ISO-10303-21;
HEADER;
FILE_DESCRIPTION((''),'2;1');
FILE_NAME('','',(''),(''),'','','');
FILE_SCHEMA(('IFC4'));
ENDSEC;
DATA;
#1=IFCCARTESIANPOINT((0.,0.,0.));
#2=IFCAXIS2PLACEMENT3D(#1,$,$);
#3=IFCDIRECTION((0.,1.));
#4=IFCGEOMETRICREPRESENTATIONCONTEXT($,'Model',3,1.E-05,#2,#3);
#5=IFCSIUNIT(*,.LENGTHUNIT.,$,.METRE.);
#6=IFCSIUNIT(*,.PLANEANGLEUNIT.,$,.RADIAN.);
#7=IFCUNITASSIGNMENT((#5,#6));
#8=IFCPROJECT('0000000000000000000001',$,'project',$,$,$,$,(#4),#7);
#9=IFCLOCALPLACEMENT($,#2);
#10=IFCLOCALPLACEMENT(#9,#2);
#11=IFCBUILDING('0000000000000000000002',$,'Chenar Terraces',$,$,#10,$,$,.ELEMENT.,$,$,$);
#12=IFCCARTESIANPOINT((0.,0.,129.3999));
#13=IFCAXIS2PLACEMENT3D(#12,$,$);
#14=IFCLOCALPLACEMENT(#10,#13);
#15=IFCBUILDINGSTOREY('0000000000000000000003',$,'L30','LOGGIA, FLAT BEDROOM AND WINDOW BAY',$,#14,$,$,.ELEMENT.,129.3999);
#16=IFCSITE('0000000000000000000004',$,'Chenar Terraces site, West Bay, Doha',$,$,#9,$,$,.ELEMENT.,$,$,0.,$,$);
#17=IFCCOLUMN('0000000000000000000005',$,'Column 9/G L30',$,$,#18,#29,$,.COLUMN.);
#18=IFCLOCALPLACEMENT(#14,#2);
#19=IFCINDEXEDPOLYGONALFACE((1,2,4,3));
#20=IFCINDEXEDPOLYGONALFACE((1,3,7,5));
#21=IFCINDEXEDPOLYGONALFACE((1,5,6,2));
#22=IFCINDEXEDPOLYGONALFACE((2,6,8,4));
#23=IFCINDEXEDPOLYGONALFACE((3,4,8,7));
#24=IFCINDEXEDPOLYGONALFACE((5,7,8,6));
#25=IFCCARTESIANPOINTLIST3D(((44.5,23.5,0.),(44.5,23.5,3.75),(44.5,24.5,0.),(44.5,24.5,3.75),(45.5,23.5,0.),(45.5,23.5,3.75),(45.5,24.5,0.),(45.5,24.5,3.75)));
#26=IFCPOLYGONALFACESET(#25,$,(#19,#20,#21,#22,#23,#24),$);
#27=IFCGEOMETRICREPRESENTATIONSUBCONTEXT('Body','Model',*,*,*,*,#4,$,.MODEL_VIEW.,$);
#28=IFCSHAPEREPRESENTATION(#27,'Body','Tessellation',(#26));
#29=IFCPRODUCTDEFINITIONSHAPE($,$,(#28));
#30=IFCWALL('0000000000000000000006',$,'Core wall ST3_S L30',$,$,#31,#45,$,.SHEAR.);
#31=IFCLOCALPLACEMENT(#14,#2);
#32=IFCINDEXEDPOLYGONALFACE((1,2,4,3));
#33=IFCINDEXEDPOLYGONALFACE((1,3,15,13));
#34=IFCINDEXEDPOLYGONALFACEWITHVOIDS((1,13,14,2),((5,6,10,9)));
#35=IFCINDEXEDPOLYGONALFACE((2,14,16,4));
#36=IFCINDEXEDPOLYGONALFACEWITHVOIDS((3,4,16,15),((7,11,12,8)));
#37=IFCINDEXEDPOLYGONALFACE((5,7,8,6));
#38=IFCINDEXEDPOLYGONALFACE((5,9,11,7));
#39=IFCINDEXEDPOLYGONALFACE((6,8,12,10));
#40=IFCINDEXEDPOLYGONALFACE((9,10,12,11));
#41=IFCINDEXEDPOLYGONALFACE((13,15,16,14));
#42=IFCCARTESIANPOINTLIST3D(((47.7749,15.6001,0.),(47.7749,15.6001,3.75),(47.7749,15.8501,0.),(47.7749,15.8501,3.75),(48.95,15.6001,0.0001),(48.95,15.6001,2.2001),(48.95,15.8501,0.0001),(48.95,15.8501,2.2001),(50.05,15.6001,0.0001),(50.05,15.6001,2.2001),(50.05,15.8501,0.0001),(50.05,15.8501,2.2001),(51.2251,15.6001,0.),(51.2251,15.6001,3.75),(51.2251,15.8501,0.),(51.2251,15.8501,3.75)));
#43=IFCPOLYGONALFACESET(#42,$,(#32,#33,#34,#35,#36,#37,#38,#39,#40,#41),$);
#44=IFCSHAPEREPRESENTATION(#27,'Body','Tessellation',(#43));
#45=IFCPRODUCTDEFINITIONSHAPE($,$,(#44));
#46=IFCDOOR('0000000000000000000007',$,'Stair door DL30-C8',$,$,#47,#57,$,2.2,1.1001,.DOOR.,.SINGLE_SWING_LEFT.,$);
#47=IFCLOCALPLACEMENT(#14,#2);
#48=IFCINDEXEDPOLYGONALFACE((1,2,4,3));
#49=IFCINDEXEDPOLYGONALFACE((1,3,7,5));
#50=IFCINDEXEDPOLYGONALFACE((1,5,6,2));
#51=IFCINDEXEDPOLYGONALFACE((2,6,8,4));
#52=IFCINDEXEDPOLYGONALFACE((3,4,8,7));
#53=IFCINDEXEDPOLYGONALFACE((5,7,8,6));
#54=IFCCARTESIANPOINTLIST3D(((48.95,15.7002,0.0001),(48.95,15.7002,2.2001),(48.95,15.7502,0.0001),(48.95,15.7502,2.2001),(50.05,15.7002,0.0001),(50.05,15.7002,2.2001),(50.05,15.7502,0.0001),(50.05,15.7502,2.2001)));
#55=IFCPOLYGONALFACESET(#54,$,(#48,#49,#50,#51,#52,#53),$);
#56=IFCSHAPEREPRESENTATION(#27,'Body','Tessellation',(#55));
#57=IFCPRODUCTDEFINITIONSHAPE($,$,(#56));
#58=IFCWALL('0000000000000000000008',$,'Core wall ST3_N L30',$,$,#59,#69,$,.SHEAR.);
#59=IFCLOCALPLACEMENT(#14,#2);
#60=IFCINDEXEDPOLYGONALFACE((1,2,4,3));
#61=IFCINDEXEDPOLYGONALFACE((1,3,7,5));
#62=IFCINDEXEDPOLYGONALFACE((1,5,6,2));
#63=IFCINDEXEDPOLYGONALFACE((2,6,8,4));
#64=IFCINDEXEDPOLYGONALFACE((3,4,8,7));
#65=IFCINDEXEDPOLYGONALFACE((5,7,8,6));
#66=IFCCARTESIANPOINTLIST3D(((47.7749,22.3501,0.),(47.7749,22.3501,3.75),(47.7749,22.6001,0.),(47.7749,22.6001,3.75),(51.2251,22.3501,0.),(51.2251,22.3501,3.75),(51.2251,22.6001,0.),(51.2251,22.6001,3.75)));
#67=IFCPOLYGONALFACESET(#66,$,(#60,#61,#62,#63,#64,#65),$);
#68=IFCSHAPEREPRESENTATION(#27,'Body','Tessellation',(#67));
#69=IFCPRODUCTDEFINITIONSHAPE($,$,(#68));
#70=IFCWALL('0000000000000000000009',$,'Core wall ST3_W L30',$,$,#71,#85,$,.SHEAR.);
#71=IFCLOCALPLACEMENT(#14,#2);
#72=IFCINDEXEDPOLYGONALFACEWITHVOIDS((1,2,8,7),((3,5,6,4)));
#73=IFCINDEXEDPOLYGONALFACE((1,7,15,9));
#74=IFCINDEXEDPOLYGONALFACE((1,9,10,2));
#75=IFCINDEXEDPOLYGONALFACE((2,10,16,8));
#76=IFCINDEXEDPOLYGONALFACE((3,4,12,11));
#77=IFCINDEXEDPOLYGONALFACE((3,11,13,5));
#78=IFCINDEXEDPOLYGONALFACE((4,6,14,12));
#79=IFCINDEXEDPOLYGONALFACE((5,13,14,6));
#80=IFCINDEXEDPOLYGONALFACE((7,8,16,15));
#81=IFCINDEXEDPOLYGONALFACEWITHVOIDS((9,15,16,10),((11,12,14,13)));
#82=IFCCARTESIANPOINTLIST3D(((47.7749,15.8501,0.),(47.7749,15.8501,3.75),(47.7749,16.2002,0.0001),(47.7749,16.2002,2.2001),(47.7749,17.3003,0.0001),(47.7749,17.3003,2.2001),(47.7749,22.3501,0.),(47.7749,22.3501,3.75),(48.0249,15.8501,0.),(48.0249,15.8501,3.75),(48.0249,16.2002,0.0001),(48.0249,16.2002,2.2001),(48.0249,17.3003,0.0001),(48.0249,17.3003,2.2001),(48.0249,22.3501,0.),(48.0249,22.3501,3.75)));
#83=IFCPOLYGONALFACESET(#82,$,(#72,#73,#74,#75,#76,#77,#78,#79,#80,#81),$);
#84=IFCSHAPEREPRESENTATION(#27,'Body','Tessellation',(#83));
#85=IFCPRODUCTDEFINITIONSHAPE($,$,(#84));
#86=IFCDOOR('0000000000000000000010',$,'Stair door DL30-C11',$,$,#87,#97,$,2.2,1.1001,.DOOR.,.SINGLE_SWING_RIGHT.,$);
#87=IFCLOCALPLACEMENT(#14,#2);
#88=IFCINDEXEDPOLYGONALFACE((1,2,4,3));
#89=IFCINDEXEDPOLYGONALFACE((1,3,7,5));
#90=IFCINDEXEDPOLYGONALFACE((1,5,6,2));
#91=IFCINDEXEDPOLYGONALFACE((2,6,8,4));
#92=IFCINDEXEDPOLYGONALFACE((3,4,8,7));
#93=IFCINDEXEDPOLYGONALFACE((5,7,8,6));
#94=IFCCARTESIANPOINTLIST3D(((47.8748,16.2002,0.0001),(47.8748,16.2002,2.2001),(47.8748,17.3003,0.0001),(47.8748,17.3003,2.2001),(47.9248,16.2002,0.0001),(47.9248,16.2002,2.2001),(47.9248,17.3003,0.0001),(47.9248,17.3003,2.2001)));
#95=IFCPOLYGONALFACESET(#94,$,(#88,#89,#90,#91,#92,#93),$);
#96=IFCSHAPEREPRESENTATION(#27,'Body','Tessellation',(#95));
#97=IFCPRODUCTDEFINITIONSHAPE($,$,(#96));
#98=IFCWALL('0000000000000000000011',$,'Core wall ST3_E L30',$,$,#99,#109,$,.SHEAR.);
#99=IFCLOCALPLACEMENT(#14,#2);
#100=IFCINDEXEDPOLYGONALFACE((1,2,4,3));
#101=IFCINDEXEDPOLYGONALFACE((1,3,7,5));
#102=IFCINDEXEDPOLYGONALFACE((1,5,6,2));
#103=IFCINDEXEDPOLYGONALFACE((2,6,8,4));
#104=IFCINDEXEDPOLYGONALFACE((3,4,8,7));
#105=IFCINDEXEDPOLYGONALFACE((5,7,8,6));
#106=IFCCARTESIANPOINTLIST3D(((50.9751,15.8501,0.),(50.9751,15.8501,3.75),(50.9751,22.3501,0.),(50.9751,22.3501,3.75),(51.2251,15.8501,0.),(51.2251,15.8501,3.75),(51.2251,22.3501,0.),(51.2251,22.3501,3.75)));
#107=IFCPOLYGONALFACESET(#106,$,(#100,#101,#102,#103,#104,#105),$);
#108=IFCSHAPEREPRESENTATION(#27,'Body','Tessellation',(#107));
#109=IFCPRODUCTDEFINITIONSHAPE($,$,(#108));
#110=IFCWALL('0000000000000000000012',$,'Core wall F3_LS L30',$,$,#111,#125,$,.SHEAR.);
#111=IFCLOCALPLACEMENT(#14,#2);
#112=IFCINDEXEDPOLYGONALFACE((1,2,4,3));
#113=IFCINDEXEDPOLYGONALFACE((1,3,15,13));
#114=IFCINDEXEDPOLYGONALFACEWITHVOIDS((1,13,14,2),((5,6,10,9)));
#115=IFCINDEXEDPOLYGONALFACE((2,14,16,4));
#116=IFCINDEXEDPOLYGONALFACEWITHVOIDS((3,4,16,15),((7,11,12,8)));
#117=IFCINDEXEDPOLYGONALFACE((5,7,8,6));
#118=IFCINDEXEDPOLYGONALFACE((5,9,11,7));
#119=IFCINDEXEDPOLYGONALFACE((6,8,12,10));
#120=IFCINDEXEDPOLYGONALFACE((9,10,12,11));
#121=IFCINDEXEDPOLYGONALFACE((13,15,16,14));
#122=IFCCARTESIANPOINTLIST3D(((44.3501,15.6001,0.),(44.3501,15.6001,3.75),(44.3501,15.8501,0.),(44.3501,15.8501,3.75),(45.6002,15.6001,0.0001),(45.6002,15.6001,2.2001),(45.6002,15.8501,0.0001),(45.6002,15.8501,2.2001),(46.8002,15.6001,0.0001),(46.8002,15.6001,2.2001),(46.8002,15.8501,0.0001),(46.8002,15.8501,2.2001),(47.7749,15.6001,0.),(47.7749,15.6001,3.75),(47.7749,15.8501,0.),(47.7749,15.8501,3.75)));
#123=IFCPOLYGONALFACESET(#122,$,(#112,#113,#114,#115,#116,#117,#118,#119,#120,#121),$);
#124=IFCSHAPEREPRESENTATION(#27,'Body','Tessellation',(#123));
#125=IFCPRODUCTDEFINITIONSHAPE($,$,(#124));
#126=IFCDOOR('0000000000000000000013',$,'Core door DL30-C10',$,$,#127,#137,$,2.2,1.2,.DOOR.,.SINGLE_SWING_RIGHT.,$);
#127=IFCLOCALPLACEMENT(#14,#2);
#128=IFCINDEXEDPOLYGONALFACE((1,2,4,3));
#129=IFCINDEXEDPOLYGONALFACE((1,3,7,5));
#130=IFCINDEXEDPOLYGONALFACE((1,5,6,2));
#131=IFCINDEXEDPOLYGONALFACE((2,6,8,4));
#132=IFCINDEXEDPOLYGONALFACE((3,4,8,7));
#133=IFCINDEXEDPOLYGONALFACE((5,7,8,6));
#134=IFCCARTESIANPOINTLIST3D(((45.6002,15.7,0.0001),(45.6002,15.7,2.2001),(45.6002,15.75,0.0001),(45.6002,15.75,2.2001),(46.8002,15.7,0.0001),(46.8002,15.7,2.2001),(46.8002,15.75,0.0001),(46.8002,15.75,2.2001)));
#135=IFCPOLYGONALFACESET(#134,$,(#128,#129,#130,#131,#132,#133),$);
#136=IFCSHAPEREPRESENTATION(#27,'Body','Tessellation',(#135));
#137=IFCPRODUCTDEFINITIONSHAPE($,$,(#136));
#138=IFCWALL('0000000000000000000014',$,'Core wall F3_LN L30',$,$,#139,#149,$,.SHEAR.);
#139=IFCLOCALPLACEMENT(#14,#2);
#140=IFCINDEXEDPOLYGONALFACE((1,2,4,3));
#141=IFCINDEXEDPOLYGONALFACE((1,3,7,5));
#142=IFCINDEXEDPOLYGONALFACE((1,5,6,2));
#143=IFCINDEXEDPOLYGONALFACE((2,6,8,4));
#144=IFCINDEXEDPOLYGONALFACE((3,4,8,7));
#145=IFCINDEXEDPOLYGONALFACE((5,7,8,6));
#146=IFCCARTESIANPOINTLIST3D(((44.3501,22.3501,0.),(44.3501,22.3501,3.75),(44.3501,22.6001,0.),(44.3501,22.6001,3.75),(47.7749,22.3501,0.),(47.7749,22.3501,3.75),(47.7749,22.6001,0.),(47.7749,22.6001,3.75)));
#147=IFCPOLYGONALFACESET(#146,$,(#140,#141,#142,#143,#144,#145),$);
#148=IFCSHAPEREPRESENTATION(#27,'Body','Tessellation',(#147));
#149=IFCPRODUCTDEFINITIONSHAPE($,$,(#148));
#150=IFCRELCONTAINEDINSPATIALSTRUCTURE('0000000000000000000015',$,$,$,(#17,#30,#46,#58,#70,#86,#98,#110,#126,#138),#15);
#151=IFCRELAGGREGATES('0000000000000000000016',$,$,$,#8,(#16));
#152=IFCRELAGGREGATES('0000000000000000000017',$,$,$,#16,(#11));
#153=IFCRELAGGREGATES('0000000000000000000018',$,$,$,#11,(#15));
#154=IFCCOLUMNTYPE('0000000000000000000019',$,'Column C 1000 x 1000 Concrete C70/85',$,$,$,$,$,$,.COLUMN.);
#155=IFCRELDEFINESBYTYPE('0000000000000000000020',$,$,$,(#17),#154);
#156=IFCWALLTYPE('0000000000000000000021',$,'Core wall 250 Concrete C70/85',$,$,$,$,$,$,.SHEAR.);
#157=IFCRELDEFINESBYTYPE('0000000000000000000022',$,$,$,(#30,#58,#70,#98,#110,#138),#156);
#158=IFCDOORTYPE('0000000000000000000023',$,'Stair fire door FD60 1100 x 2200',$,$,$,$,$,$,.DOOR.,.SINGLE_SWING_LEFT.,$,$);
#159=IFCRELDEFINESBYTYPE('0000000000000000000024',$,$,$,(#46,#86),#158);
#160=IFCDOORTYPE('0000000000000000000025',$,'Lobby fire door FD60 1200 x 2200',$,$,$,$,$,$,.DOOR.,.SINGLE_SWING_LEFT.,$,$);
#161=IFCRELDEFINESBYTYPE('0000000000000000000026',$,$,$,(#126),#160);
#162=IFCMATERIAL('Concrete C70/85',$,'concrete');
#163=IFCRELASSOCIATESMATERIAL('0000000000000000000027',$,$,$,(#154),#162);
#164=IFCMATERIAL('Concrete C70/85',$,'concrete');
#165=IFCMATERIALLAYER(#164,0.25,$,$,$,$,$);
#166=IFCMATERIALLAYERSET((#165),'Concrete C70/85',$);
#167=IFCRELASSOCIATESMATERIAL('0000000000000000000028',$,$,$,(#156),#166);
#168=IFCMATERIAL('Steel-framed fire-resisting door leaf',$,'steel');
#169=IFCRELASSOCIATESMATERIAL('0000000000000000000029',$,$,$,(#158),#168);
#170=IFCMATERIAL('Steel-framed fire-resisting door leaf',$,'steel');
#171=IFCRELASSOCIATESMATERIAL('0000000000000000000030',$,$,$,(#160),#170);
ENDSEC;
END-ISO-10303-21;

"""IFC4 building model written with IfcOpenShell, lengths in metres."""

from ifc_helpers import new_model, si_unit, direction, frame, frame_2d, origin, origin_2d, place, context, subcontext, project, spatial, rectangle, extrude, material, layer, layer_set, material_profile, profile_set, type_object, element, fill, save


model = new_model("IFC4")

# Units and contexts
model_context = context("Model", 3, precision=1e-05, world=origin(), true_north=direction((0.0, 1.0)))
body_context = subcontext(model_context, "Body", "Model", "MODEL_VIEW")
ifc_project = project(units=[si_unit("LENGTHUNIT", "METRE"), si_unit("PLANEANGLEUNIT", "RADIAN")], contexts=[model_context])

# Site, building, storey
site_placement = place(None, origin())
site = spatial("IfcSite", under=ifc_project, at=site_placement, Name="Chenar Terraces site, West Bay, Doha", CompositionType="ELEMENT", RefElevation=0.0)
building_placement = place(site_placement, origin())
building = spatial("IfcBuilding", under=site, at=building_placement, Name="Chenar Terraces", CompositionType="ELEMENT")
storey_placement = place(building_placement, frame((0.0, 0.0, 129.3999)))
storey = spatial("IfcBuildingStorey", under=building, at=storey_placement, Name="L30", Description="LOGGIA, FLAT BEDROOM AND WINDOW BAY", CompositionType="ELEMENT", Elevation=129.3999)

# Column
ifc_material_1 = material(Name="Concrete C70/85", Category="concrete")
ifc_material_profile = material_profile(ifc_material_1, rectangle(XDim=1.0, YDim=1.0, at=origin_2d()), Name="C 1000 x 1000")
ifc_profile_set = profile_set([ifc_material_profile], Name="Concrete C70/85")
column_type = type_object("IfcColumnType", Name="Column C 1000 x 1000 Concrete C70/85", PredefinedType="COLUMN", material=ifc_profile_set)
column_placement = place(storey_placement, frame((45.0, 24.0, 0.0), z_axis=(0.0, 0.0, 1.0), x_axis=(1.0, 0.0, 0.0)))
element("IfcColumn", 1, at=column_placement, inside=storey, type_object=column_type, Name="Column 9/G L30", PredefinedType="COLUMN", context=body_context, shape_type="SweptSolid", body=[
    extrude(rectangle(XDim=1.0, YDim=1.0, at=origin_2d()), origin(), (0.0, 0.0, 1.0), 3.75),
])

# Wall, opening, door
ifc_material_2 = material(Name="Concrete C70/85", Category="concrete")
ifc_layer_1 = layer(ifc_material_2, 0.25)
ifc_layer_set_1 = layer_set([ifc_layer_1], Name="Concrete C70/85")
wall_type_1 = type_object("IfcWallType", Name="Core wall 250 Concrete C70/85", PredefinedType="SHEAR", material=ifc_layer_set_1)
wall_1_placement = place(storey_placement, frame((47.7749, 15.7251, 0.0), z_axis=(0.0, 0.0, 1.0), x_axis=(1.0, 0.0, 0.0)))
wall_1 = element("IfcWall", 2, at=wall_1_placement, inside=storey, type_object=wall_type_1, Name="Core wall ST3_S L30", PredefinedType="SHEAR", context=body_context, shape_type="SweptSolid", body=[
    extrude(rectangle(XDim=3.4502, YDim=0.25, at=frame_2d((1.7251, 0.0))), origin(), (0.0, 0.0, 1.0), 3.75),
])
opening_1_placement = place(wall_1_placement, frame((1.175, 0.0, 0.0)))
opening_1 = element("IfcOpeningElement", 3, at=opening_1_placement, cuts=wall_1, PredefinedType="OPENING", context=body_context, shape_type="SweptSolid", body=[
    extrude(rectangle(XDim=1.1001, YDim=2.2, at=frame_2d((0.55, 1.1001))), frame((0.0, 0.135, 0.0), z_axis=(0.0, -1.0, 0.0), x_axis=(1.0, 0.0, 0.0)), (0.0, 0.0, 1.0), 0.27),
])
ifc_material_3 = material(Name="Steel-framed fire-resisting door leaf", Category="steel")
door_type_1 = type_object("IfcDoorType", Name="Stair fire door FD60 1100 x 2200", OperationType="SINGLE_SWING_LEFT", PredefinedType="DOOR", material=ifc_material_3)
door_1_placement = place(opening_1_placement, frame((1.1001, 0.0, 0.0), z_axis=(0.0, 0.0, 1.0), x_axis=(-1.0, 0.0, 0.0)))
door_1 = element("IfcDoor", 4, at=door_1_placement, inside=storey, type_object=door_type_1, Name="Stair door DL30-C8", OperationType="SINGLE_SWING_LEFT", OverallHeight=2.2, OverallWidth=1.1001, PredefinedType="DOOR", context=body_context, shape_type="SweptSolid", body=[
    extrude(rectangle(XDim=1.1001, YDim=2.2, at=frame_2d((0.55, 1.1001))), frame((0.0, 0.0249, 0.0), z_axis=(0.0, -1.0, 0.0), x_axis=(1.0, 0.0, 0.0)), (0.0, 0.0, 1.0), 0.05),
])
fill(opening_1, door_1)

# Wall
wall_2_placement = place(storey_placement, frame((47.7749, 22.4751, 0.0), z_axis=(0.0, 0.0, 1.0), x_axis=(1.0, 0.0, 0.0)))
element("IfcWall", 5, at=wall_2_placement, inside=storey, type_object=wall_type_1, Name="Core wall ST3_N L30", PredefinedType="SHEAR", context=body_context, shape_type="SweptSolid", body=[
    extrude(rectangle(XDim=3.4502, YDim=0.25, at=frame_2d((1.7251, 0.0))), origin(), (0.0, 0.0, 1.0), 3.75),
])

# Wall, opening, door
wall_3_placement = place(storey_placement, frame((47.8999, 15.8501, 0.0), z_axis=(0.0, 0.0, 1.0), x_axis=(0.0, 1.0, 0.0)))
wall_3 = element("IfcWall", 6, at=wall_3_placement, inside=storey, type_object=wall_type_1, Name="Core wall ST3_W L30", PredefinedType="SHEAR", context=body_context, shape_type="SweptSolid", body=[
    extrude(rectangle(XDim=6.5, YDim=0.25, at=frame_2d((3.25, 0.0))), origin(), (0.0, 0.0, 1.0), 3.75),
])
opening_2_placement = place(wall_3_placement, frame((0.3501, 0.0, 0.0)))
opening_2 = element("IfcOpeningElement", 7, at=opening_2_placement, cuts=wall_3, PredefinedType="OPENING", context=body_context, shape_type="SweptSolid", body=[
    extrude(rectangle(XDim=1.1001, YDim=2.2, at=frame_2d((0.55, 1.1001))), frame((0.0, 0.135, 0.0), z_axis=(0.0, -1.0, 0.0), x_axis=(1.0, 0.0, 0.0)), (0.0, 0.0, 1.0), 0.27),
])
door_2_placement = place(opening_2_placement, frame((1.1001, 0.0, 0.0), z_axis=(0.0, 0.0, 1.0), x_axis=(-1.0, 0.0, 0.0)))
door_2 = element("IfcDoor", 8, at=door_2_placement, inside=storey, type_object=door_type_1, Name="Stair door DL30-C11", OperationType="SINGLE_SWING_RIGHT", OverallHeight=2.2, OverallWidth=1.1001, PredefinedType="DOOR", context=body_context, shape_type="SweptSolid", body=[
    extrude(rectangle(XDim=1.1001, YDim=2.2, at=frame_2d((0.55, 1.1001))), frame((0.0, 0.0249, 0.0), z_axis=(0.0, -1.0, 0.0), x_axis=(1.0, 0.0, 0.0)), (0.0, 0.0, 1.0), 0.05),
])
fill(opening_2, door_2)

# Wall
wall_4_placement = place(storey_placement, frame((51.1001, 15.8501, 0.0), z_axis=(0.0, 0.0, 1.0), x_axis=(0.0, 1.0, 0.0)))
element("IfcWall", 9, at=wall_4_placement, inside=storey, type_object=wall_type_1, Name="Core wall ST3_E L30", PredefinedType="SHEAR", context=body_context, shape_type="SweptSolid", body=[
    extrude(rectangle(XDim=6.5, YDim=0.25, at=frame_2d((3.25, 0.0))), origin(), (0.0, 0.0, 1.0), 3.75),
])

# Wall, opening, door
wall_5_placement = place(storey_placement, frame((44.3501, 15.7251, 0.0), z_axis=(0.0, 0.0, 1.0), x_axis=(1.0, 0.0, 0.0)))
wall_5 = element("IfcWall", 10, at=wall_5_placement, inside=storey, type_object=wall_type_1, Name="Core wall F3_LS L30", PredefinedType="SHEAR", context=body_context, shape_type="SweptSolid", body=[
    extrude(rectangle(XDim=3.4248, YDim=0.25, at=frame_2d((1.7124, 0.0))), origin(), (0.0, 0.0, 1.0), 3.75),
])
opening_3_placement = place(wall_5_placement, frame((1.25, 0.0, 0.0)))
opening_3 = element("IfcOpeningElement", 11, at=opening_3_placement, cuts=wall_5, PredefinedType="OPENING", context=body_context, shape_type="SweptSolid", body=[
    extrude(rectangle(XDim=1.2, YDim=2.2, at=frame_2d((0.6001, 1.1001))), frame((0.0, 0.135, 0.0), z_axis=(0.0, -1.0, 0.0), x_axis=(1.0, 0.0, 0.0)), (0.0, 0.0, 1.0), 0.27),
])
ifc_material_4 = material(Name="Steel-framed fire-resisting door leaf", Category="steel")
door_type_2 = type_object("IfcDoorType", Name="Lobby fire door FD60 1200 x 2200", OperationType="SINGLE_SWING_LEFT", PredefinedType="DOOR", material=ifc_material_4)
door_3_placement = place(opening_3_placement, origin())
door_3 = element("IfcDoor", 12, at=door_3_placement, inside=storey, type_object=door_type_2, Name="Core door DL30-C10", OperationType="SINGLE_SWING_RIGHT", OverallHeight=2.2, OverallWidth=1.2, PredefinedType="DOOR", context=body_context, shape_type="SweptSolid", body=[
    extrude(rectangle(XDim=1.2, YDim=2.2, at=frame_2d((0.6001, 1.1001))), frame((0.0, 0.0249, 0.0), z_axis=(0.0, -1.0, 0.0), x_axis=(1.0, 0.0, 0.0)), (0.0, 0.0, 1.0), 0.05),
])
fill(opening_3, door_3)

# Wall
wall_6_placement = place(storey_placement, frame((44.3501, 22.4751, 0.0), z_axis=(0.0, 0.0, 1.0), x_axis=(1.0, 0.0, 0.0)))
element("IfcWall", 13, at=wall_6_placement, inside=storey, type_object=wall_type_1, Name="Core wall F3_LN L30", PredefinedType="SHEAR", context=body_context, shape_type="SweptSolid", body=[
    extrude(rectangle(XDim=3.4248, YDim=0.25, at=frame_2d((1.7124, 0.0))), origin(), (0.0, 0.0, 1.0), 3.75),
])

save(model, "model.ifc")
